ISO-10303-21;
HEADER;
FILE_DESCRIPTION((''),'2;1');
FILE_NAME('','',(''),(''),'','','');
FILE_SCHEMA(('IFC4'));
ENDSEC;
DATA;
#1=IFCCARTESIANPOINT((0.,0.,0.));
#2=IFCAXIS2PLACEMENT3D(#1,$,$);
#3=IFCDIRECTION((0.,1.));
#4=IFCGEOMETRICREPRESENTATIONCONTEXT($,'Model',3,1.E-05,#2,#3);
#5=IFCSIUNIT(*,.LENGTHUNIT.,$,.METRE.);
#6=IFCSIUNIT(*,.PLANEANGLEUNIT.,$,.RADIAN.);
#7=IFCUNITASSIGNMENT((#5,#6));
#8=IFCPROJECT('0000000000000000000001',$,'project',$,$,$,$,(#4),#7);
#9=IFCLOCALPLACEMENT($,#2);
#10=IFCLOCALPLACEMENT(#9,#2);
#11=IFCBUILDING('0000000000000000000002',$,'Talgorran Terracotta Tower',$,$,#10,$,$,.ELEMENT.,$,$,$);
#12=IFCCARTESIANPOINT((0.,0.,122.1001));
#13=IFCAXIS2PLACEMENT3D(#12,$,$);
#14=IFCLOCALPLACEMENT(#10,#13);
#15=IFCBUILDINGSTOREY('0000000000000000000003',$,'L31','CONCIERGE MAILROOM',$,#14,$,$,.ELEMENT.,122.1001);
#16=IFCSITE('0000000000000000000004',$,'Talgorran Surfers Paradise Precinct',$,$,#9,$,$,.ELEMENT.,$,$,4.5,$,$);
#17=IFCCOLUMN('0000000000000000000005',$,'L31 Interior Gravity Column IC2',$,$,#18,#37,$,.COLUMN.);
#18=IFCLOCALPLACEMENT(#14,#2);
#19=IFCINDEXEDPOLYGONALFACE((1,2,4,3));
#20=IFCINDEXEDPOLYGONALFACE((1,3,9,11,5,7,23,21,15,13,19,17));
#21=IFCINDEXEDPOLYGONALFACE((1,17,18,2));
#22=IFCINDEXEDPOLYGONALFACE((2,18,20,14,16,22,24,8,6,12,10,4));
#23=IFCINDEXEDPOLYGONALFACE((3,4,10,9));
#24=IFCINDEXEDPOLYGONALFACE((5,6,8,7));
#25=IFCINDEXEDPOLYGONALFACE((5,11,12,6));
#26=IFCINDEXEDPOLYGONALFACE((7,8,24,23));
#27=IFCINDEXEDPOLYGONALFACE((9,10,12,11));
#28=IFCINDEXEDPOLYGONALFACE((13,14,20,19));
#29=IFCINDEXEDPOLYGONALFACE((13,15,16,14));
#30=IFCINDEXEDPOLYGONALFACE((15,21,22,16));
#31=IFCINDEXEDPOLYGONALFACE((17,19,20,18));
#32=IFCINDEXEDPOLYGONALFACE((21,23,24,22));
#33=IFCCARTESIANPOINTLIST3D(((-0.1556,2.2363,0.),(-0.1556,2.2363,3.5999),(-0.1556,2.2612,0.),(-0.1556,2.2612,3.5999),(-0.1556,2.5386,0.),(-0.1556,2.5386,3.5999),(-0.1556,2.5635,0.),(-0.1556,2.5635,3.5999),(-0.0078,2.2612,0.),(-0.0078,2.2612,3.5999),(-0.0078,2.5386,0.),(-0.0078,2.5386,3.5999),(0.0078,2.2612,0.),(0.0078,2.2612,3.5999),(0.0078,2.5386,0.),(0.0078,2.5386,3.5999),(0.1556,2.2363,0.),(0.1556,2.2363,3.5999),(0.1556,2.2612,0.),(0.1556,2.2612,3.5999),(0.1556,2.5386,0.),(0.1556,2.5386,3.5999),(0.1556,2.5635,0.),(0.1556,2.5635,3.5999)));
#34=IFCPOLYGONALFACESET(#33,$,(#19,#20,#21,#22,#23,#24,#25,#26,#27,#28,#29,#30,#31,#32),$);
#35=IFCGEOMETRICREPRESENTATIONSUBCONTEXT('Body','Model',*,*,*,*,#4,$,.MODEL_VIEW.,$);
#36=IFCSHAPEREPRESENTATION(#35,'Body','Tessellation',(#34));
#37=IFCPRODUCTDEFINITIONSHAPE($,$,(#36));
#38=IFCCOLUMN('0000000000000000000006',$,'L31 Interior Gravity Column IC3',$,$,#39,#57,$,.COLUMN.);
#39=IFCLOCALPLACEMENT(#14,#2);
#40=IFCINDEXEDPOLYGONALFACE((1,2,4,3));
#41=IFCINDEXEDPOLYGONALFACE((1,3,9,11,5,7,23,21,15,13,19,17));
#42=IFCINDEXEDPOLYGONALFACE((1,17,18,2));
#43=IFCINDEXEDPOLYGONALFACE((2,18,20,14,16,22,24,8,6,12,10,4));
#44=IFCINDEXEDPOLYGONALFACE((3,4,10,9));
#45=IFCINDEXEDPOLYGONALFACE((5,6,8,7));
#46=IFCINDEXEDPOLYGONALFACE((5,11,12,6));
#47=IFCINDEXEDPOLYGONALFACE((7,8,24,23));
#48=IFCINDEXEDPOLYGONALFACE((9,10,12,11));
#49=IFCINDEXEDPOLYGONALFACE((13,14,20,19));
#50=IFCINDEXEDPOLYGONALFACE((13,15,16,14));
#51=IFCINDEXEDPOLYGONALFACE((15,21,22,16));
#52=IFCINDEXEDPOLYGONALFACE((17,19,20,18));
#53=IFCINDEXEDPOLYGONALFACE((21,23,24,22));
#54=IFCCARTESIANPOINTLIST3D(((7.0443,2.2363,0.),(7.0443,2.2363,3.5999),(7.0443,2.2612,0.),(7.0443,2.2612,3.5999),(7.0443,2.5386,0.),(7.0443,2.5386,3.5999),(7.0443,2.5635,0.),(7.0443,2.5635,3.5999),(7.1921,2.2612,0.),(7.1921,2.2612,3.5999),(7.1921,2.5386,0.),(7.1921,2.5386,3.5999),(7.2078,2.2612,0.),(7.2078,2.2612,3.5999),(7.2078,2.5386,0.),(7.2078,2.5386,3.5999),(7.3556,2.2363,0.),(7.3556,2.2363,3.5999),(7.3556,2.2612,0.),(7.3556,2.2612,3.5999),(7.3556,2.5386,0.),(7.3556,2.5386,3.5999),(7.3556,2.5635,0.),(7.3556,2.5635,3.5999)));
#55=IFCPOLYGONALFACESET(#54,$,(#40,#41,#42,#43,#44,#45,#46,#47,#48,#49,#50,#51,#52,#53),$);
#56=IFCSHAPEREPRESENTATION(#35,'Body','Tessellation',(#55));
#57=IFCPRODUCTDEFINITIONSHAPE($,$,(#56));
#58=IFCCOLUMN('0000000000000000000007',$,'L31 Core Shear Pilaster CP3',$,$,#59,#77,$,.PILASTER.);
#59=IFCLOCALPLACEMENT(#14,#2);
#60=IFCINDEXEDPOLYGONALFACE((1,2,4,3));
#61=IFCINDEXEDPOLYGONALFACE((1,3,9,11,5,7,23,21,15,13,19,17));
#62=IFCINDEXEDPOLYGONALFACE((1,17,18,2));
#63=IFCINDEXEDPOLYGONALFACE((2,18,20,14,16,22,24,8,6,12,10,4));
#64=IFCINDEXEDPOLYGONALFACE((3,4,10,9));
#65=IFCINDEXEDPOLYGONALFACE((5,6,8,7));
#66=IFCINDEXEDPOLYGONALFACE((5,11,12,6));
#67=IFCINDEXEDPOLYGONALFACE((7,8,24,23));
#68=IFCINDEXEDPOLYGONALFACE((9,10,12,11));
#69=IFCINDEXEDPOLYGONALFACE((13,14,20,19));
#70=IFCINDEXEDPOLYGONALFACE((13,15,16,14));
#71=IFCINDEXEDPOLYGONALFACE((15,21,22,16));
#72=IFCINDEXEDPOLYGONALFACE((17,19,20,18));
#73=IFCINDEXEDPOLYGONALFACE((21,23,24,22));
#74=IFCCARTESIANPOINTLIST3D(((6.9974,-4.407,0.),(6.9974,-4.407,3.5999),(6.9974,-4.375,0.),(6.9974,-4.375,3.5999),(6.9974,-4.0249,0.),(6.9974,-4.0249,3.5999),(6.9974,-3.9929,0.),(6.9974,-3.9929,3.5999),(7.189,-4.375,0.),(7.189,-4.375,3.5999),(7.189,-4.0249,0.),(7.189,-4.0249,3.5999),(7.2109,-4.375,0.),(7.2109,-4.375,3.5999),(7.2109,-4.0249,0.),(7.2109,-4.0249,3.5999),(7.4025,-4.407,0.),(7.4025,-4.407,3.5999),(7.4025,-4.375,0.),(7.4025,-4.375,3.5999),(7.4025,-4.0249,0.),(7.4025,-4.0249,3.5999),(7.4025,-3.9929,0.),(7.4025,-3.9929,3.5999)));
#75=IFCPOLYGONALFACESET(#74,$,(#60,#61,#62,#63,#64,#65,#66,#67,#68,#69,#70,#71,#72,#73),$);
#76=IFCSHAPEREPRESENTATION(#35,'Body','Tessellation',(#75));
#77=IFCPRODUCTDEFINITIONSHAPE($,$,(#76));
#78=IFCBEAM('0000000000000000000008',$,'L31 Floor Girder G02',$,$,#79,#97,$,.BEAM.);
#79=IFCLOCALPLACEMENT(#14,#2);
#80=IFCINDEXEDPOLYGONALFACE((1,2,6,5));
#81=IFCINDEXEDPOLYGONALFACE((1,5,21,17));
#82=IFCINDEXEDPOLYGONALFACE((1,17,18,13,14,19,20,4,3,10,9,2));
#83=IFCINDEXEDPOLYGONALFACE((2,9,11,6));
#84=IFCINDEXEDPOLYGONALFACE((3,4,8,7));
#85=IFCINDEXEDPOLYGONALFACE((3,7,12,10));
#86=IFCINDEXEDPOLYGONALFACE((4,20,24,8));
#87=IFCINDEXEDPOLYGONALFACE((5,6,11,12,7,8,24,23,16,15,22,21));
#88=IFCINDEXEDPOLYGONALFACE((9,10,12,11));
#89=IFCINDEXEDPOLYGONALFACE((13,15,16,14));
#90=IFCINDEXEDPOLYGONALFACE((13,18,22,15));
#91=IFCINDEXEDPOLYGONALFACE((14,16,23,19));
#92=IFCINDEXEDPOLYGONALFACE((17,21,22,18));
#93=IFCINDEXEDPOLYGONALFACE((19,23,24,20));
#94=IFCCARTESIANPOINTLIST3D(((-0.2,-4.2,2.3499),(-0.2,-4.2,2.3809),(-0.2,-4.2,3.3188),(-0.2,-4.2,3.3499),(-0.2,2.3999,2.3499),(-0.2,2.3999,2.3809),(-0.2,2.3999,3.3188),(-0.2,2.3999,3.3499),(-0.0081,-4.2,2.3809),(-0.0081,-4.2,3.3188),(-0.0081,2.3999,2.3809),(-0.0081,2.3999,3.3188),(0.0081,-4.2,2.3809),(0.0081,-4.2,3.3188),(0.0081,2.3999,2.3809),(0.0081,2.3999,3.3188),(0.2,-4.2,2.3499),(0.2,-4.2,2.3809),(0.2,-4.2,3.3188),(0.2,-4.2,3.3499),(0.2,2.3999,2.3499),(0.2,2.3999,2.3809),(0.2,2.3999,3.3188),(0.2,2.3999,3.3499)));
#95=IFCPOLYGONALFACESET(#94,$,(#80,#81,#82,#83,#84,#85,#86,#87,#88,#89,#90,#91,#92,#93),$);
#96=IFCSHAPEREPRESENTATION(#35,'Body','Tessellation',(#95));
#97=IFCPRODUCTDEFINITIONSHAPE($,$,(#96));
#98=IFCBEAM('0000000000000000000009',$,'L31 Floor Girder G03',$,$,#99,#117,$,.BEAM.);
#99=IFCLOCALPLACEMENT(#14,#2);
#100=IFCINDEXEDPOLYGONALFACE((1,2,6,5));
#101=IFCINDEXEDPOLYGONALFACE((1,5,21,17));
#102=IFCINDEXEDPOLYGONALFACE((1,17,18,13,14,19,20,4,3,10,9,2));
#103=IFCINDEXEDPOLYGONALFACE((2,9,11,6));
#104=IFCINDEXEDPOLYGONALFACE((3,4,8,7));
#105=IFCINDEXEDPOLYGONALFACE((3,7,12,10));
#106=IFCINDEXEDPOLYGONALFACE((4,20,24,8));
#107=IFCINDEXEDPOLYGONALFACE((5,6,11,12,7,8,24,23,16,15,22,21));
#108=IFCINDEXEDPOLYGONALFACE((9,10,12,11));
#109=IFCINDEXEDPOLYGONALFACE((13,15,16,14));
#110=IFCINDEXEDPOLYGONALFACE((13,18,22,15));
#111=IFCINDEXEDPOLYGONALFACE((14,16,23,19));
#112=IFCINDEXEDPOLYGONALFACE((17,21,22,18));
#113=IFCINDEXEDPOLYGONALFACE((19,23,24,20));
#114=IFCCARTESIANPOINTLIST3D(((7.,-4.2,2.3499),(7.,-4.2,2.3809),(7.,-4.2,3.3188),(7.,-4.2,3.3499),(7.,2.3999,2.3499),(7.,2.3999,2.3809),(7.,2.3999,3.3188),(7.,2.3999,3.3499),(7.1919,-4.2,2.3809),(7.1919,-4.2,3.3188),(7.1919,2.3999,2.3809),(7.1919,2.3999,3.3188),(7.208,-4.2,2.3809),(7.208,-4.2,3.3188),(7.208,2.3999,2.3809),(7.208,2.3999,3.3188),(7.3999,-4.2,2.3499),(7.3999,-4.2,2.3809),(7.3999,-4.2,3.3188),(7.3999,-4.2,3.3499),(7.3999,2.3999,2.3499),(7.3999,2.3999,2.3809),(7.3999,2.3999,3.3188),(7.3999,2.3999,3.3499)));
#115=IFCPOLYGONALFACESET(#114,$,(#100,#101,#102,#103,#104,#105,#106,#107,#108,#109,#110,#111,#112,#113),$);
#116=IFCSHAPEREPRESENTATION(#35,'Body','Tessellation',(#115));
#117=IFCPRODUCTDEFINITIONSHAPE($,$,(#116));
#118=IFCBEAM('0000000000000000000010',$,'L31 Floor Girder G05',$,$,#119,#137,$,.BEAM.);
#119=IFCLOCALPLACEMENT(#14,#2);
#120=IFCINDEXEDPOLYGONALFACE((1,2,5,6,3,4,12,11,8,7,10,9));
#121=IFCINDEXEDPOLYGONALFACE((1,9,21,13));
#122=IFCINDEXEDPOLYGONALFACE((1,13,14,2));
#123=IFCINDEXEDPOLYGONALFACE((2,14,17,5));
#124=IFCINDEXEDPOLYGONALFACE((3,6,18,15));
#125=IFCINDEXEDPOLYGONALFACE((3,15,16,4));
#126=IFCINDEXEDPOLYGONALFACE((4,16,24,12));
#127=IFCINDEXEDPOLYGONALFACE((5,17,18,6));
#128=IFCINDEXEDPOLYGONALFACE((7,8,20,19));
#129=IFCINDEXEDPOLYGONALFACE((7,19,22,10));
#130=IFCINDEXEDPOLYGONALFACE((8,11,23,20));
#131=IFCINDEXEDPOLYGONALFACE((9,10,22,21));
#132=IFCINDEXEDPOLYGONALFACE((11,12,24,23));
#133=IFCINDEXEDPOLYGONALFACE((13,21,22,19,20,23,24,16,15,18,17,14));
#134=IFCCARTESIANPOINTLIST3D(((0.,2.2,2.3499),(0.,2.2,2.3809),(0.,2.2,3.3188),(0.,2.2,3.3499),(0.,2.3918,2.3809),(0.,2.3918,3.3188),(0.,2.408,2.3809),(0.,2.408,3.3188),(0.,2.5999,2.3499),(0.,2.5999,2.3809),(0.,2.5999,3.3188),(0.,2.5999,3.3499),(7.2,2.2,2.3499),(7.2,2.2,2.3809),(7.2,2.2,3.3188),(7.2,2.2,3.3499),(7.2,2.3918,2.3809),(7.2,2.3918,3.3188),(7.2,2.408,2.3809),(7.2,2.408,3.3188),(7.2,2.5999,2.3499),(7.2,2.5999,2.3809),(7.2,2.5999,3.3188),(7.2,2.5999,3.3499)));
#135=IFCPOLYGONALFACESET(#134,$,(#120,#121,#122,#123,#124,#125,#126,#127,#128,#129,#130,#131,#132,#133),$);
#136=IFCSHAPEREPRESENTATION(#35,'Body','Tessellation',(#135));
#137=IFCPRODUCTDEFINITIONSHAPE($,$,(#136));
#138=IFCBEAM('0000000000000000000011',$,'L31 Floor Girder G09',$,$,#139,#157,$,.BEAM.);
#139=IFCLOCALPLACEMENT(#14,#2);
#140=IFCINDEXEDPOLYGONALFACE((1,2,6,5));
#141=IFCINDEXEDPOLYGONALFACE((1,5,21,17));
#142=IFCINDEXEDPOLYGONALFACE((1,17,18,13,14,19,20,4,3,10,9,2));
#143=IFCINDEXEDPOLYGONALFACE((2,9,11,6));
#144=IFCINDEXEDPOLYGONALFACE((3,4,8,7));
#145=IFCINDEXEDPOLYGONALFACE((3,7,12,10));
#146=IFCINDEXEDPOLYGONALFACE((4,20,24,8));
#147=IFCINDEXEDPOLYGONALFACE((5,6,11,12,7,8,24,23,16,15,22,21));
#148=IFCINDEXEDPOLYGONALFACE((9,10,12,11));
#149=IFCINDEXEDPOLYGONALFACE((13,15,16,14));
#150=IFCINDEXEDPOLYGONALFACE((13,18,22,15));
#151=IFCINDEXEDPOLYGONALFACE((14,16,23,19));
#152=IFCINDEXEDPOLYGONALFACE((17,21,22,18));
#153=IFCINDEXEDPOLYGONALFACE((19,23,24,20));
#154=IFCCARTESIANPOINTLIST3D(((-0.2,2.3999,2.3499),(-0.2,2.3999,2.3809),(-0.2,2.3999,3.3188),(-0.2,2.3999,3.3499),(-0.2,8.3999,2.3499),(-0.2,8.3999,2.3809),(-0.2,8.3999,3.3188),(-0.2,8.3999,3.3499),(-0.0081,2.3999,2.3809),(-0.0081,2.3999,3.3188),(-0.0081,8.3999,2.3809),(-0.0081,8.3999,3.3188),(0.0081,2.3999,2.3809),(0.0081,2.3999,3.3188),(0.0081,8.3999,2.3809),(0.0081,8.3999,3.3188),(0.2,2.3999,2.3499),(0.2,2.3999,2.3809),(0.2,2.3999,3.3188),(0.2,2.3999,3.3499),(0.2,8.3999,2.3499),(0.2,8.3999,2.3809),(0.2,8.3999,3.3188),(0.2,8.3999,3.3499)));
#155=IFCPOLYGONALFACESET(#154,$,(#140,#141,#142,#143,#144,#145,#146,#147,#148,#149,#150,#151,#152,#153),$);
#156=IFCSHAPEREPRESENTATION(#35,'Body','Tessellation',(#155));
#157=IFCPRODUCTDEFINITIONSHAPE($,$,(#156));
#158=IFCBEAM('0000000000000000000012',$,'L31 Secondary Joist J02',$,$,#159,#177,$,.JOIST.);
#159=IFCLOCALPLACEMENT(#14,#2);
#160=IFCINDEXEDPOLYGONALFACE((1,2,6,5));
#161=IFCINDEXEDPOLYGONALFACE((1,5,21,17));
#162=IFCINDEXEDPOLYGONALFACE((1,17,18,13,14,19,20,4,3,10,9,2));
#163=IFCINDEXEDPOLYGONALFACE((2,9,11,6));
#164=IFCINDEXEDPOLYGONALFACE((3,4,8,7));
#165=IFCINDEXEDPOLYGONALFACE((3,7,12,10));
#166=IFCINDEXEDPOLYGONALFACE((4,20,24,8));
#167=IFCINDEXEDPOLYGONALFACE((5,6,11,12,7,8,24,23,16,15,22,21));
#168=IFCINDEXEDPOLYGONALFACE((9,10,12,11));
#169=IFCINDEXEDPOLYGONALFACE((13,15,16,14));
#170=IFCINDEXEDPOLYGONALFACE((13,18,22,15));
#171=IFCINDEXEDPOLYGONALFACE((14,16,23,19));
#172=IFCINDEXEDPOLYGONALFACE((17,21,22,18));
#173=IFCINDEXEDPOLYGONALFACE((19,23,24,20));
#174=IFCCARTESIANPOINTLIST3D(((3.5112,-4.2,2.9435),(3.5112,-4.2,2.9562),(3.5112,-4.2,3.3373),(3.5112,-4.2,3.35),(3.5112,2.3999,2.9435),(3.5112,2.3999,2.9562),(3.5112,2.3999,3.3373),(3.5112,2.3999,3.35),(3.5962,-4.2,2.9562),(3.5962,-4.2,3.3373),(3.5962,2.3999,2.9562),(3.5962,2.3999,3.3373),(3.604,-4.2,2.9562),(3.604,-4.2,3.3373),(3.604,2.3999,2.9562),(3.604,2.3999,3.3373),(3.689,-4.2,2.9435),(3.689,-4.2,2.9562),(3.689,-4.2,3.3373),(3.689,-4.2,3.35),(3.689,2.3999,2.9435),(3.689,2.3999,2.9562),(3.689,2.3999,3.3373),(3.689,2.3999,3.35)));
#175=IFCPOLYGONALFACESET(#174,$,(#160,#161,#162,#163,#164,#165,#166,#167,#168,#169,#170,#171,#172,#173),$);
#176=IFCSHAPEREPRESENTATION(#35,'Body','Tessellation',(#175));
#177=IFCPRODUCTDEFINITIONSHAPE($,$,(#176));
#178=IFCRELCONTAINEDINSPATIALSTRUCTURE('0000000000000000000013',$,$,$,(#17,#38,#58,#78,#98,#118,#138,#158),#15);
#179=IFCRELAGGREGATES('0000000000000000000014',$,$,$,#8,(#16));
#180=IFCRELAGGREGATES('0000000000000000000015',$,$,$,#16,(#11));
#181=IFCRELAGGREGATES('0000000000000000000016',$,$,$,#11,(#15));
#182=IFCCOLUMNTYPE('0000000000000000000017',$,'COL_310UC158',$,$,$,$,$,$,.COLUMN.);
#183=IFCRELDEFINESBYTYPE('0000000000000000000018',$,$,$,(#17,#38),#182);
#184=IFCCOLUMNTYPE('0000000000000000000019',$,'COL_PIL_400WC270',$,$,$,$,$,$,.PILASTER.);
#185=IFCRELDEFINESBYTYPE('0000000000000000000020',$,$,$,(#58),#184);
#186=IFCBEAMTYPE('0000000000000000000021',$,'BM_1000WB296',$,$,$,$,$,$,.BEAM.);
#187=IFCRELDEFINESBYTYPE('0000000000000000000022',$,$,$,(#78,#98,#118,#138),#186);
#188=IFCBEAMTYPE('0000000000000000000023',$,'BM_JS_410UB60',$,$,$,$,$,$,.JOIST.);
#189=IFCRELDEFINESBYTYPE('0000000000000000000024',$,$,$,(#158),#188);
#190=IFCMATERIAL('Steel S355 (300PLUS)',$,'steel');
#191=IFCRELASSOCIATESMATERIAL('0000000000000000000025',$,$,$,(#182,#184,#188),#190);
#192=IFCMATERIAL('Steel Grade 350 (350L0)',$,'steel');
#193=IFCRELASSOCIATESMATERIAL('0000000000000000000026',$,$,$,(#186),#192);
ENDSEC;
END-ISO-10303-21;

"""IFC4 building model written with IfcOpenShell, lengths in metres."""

from ifc_helpers import new_model, si_unit, direction, frame, origin, origin_2d, place, context, subcontext, project, spatial, i_section, extrude, material, material_profile, profile_set, type_object, element, save


model = new_model("IFC4")

# Units and contexts
model_context = context("Model", 3, precision=1e-05, world=origin(), true_north=direction((0.0, 1.0)))
body_context = subcontext(model_context, "Body", "Model", "MODEL_VIEW")
ifc_project = project(units=[si_unit("LENGTHUNIT", "METRE"), si_unit("PLANEANGLEUNIT", "RADIAN")], contexts=[model_context])

# Site, building, storey
site_placement = place(None, origin())
site = spatial("IfcSite", under=ifc_project, at=site_placement, Name="Talgorran Surfers Paradise Precinct", CompositionType="ELEMENT", RefElevation=4.5)
building_placement = place(site_placement, origin())
building = spatial("IfcBuilding", under=site, at=building_placement, Name="Talgorran Terracotta Tower", CompositionType="ELEMENT")
storey_placement = place(building_placement, frame((0.0, 0.0, 122.1001)))
storey = spatial("IfcBuildingStorey", under=building, at=storey_placement, Name="L31", Description="CONCIERGE MAILROOM", CompositionType="ELEMENT", Elevation=122.1001)

# Columns
ifc_material_1 = material(Name="Steel S355 (300PLUS)", Category="steel")
ifc_material_profile_1 = material_profile(ifc_material_1, i_section(OverallWidth=0.3113, OverallDepth=0.3271, WebThickness=0.0156, FlangeThickness=0.0249, at=origin_2d()), Name="310UC158")
ifc_profile_set_1 = profile_set([ifc_material_profile_1], Name="Steel S355 (300PLUS)")
column_type_1 = type_object("IfcColumnType", Name="COL_310UC158", PredefinedType="COLUMN", material=ifc_profile_set_1)
for number, where, z_axis, x_axis, name in (
    (1, (0.0, 2.3999, 0.0), (0.0, 0.0, 1.0), (1.0, 0.0, 0.0), "L31 Interior Gravity Column IC2"),
    (2, (7.2, 2.3999, 0.0), (0.0, 0.0, 1.0), (1.0, 0.0, 0.0), "L31 Interior Gravity Column IC3"),
):
    element("IfcColumn", number, at=place(storey_placement, frame(where, z_axis=z_axis, x_axis=x_axis)), inside=storey, type_object=column_type_1, Name=name, PredefinedType="COLUMN", context=body_context, shape_type="SweptSolid", body=[
        extrude(i_section(OverallWidth=0.3113, OverallDepth=0.3271, WebThickness=0.0156, FlangeThickness=0.0249, at=origin_2d()), origin(), (0.0, 0.0, 1.0), 3.5999),
    ])
ifc_material_profile_2 = material_profile(ifc_material_1, i_section(OverallWidth=0.405, OverallDepth=0.4141, WebThickness=0.022, FlangeThickness=0.032, at=origin_2d()), Name="400WC270")
ifc_profile_set_2 = profile_set([ifc_material_profile_2], Name="Steel S355 (300PLUS)")
column_type_2 = type_object("IfcColumnType", Name="COL_PIL_400WC270", PredefinedType="PILASTER", material=ifc_profile_set_2)
column_placement = place(storey_placement, frame((7.2, -4.2, 0.0), z_axis=(0.0, 0.0, 1.0), x_axis=(1.0, 0.0, 0.0)))
element("IfcColumn", 3, at=column_placement, inside=storey, type_object=column_type_2, Name="L31 Core Shear Pilaster CP3", PredefinedType="PILASTER", context=body_context, shape_type="SweptSolid", body=[
    extrude(i_section(OverallWidth=0.405, OverallDepth=0.4141, WebThickness=0.022, FlangeThickness=0.032, at=origin_2d()), origin(), (0.0, 0.0, 1.0), 3.5999),
])

# Beams
ifc_material_2 = material(Name="Steel Grade 350 (350L0)", Category="steel")
ifc_material_profile_3 = material_profile(ifc_material_2, i_section(OverallWidth=0.3999, OverallDepth=1.0, WebThickness=0.0161, FlangeThickness=0.031, at=origin_2d()), Name="1000WB296")
ifc_profile_set_3 = profile_set([ifc_material_profile_3], Name="Steel Grade 350 (350L0)")
beam_type_1 = type_object("IfcBeamType", Name="BM_1000WB296", PredefinedType="BEAM", material=ifc_profile_set_3)
for number, where, z_axis, x_axis, name in (
    (4, (0.0, -4.2, 2.8499), (0.0, 1.0, 0.0), (-1.0, 0.0, 0.0), "L31 Floor Girder G02"),
    (5, (7.2, -4.2, 2.8499), (0.0, 1.0, 0.0), (-1.0, 0.0, 0.0), "L31 Floor Girder G03"),
):
    element("IfcBeam", number, at=place(storey_placement, frame(where, z_axis=z_axis, x_axis=x_axis)), inside=storey, type_object=beam_type_1, Name=name, PredefinedType="BEAM", context=body_context, shape_type="SweptSolid", body=[
        extrude(i_section(OverallWidth=0.3999, OverallDepth=1.0, WebThickness=0.0161, FlangeThickness=0.031, at=origin_2d()), origin(), (0.0, 0.0, 1.0), 6.5999),
    ])
beam_1_placement = place(storey_placement, frame((0.0, 2.3999, 2.8499), z_axis=(1.0, 0.0, 0.0), x_axis=(0.0, 1.0, 0.0)))
element("IfcBeam", 6, at=beam_1_placement, inside=storey, type_object=beam_type_1, Name="L31 Floor Girder G05", PredefinedType="BEAM", context=body_context, shape_type="SweptSolid", body=[
    extrude(i_section(OverallWidth=0.3999, OverallDepth=1.0, WebThickness=0.0161, FlangeThickness=0.031, at=origin_2d()), origin(), (0.0, 0.0, 1.0), 7.2),
])
beam_2_placement = place(storey_placement, frame((0.0, 2.3999, 2.8499), z_axis=(0.0, 1.0, 0.0), x_axis=(-1.0, 0.0, 0.0)))
element("IfcBeam", 7, at=beam_2_placement, inside=storey, type_object=beam_type_1, Name="L31 Floor Girder G09", PredefinedType="BEAM", context=body_context, shape_type="SweptSolid", body=[
    extrude(i_section(OverallWidth=0.3999, OverallDepth=1.0, WebThickness=0.0161, FlangeThickness=0.031, at=origin_2d()), origin(), (0.0, 0.0, 1.0), 6.0),
])
ifc_material_profile_4 = material_profile(ifc_material_1, i_section(OverallWidth=0.1777, OverallDepth=0.4065, WebThickness=0.0078, FlangeThickness=0.0127, at=origin_2d()), Name="410UB59.7")
ifc_profile_set_4 = profile_set([ifc_material_profile_4], Name="Steel S355 (300PLUS)")
beam_type_2 = type_object("IfcBeamType", Name="BM_JS_410UB60", PredefinedType="JOIST", material=ifc_profile_set_4)
beam_3_placement = place(storey_placement, frame((3.6001, -4.2, 3.1467), z_axis=(0.0, 1.0, 0.0), x_axis=(-1.0, 0.0, 0.0)))
element("IfcBeam", 8, at=beam_3_placement, inside=storey, type_object=beam_type_2, Name="L31 Secondary Joist J02", PredefinedType="JOIST", context=body_context, shape_type="SweptSolid", body=[
    extrude(i_section(OverallWidth=0.1777, OverallDepth=0.4065, WebThickness=0.0078, FlangeThickness=0.0127, at=origin_2d()), origin(), (0.0, 0.0, 1.0), 6.5999),
])

save(model, "model.ifc")
